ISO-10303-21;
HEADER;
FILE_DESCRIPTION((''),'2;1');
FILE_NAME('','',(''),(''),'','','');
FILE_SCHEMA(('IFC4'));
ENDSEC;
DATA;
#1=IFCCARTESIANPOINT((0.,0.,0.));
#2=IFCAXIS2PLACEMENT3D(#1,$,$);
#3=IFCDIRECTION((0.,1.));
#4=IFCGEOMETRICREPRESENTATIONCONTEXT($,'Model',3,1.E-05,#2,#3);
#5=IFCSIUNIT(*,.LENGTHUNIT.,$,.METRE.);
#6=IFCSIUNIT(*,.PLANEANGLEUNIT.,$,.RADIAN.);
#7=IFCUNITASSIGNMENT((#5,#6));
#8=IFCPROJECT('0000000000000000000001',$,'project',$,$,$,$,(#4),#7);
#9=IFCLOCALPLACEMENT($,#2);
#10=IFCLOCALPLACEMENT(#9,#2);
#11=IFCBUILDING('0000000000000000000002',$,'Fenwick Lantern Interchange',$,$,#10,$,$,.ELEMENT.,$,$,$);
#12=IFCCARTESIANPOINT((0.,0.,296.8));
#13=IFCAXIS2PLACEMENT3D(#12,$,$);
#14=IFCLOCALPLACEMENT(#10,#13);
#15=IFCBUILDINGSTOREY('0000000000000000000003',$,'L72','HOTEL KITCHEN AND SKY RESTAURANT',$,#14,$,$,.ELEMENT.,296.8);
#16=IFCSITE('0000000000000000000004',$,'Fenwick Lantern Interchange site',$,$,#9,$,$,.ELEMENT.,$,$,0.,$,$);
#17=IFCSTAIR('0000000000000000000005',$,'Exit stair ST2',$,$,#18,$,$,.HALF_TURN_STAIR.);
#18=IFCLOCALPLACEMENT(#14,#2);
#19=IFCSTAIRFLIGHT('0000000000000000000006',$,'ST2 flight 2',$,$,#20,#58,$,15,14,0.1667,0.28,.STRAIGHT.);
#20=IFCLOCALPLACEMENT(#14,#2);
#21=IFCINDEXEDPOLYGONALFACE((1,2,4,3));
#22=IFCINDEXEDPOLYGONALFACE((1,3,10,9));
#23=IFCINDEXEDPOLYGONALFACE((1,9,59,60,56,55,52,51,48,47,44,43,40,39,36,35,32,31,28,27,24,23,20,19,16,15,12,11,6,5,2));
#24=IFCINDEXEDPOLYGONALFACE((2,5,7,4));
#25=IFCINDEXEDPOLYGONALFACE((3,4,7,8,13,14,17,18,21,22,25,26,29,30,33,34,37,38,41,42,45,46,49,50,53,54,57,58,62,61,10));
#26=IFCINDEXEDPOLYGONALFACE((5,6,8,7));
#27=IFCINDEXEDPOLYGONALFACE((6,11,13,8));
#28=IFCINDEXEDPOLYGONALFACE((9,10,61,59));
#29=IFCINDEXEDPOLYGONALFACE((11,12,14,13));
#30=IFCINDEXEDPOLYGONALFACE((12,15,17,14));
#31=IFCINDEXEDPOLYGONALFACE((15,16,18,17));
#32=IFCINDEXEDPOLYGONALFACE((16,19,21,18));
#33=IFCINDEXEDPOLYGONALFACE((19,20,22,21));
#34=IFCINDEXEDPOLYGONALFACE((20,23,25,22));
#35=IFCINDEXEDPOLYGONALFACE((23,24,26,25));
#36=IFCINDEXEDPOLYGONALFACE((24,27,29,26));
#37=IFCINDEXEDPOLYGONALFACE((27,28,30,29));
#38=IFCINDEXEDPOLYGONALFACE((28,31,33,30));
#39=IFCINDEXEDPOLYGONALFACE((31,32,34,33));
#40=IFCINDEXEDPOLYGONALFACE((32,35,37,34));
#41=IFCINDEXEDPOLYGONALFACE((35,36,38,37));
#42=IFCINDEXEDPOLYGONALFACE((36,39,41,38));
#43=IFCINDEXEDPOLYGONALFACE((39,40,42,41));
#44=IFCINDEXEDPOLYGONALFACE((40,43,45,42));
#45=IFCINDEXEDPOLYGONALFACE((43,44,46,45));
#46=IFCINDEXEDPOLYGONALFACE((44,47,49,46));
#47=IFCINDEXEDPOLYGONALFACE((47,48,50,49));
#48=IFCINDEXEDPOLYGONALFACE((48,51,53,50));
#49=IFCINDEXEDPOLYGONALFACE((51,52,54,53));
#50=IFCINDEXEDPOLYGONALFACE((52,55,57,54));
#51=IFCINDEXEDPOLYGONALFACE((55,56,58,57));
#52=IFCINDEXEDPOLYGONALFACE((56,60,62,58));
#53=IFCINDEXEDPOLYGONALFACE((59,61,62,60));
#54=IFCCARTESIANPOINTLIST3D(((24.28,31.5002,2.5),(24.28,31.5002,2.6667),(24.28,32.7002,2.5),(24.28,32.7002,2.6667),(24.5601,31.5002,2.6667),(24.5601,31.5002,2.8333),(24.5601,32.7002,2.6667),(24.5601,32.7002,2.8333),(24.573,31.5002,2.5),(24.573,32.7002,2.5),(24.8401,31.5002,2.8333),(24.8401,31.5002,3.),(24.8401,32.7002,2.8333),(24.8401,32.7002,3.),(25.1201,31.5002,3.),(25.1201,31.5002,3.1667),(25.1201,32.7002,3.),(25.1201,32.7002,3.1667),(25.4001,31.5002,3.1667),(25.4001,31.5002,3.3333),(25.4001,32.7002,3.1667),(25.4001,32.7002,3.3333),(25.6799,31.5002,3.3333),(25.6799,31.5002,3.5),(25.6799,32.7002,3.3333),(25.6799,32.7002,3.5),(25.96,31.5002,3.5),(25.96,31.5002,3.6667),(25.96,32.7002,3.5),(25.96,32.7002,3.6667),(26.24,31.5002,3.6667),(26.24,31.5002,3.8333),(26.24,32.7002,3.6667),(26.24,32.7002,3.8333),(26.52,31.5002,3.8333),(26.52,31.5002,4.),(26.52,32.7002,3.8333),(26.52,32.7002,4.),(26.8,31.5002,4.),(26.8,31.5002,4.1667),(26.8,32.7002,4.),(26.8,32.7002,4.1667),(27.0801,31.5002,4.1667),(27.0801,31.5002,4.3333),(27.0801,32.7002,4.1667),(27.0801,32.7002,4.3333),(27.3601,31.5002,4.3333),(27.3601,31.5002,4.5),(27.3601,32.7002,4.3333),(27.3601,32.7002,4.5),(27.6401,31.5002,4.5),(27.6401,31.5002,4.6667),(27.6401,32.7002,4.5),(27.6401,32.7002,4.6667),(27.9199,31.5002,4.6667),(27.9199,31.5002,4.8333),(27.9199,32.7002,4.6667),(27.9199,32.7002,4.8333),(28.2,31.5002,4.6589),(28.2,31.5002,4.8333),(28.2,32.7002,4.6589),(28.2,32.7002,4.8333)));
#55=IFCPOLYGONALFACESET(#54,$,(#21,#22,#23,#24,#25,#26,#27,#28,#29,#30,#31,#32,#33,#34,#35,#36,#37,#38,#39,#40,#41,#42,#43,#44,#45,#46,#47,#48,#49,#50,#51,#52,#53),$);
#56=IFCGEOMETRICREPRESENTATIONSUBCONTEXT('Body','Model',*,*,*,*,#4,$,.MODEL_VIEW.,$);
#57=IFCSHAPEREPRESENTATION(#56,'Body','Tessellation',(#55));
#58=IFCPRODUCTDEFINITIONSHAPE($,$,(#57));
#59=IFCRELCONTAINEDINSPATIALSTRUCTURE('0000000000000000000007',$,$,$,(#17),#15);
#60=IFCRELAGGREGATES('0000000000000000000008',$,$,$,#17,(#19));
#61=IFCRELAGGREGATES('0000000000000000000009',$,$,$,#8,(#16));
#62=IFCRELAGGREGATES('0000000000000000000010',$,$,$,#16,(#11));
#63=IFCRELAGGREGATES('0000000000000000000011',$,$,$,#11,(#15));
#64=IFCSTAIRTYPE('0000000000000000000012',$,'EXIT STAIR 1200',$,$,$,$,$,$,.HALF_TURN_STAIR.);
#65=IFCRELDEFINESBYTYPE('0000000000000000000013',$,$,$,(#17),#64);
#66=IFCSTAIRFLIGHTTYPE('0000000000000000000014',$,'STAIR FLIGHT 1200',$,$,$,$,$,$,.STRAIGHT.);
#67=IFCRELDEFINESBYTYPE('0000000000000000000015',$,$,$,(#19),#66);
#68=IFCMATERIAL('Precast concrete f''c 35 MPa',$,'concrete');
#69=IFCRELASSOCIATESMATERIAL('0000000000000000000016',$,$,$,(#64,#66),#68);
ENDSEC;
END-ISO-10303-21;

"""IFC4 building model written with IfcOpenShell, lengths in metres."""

from ifc_helpers import new_model, si_unit, direction, frame, origin, place, context, subcontext, project, spatial, polyline, outline, extrude, material, type_object, element, aggregate, save


model = new_model("IFC4")

# Units and contexts
model_context = context("Model", 3, precision=1e-05, world=origin(), true_north=direction((0.0, 1.0)))
body_context = subcontext(model_context, "Body", "Model", "MODEL_VIEW")
ifc_project = project(units=[si_unit("LENGTHUNIT", "METRE"), si_unit("PLANEANGLEUNIT", "RADIAN")], contexts=[model_context])

# Site, building, storey
site_placement = place(None, origin())
site = spatial("IfcSite", under=ifc_project, at=site_placement, Name="Fenwick Lantern Interchange site", CompositionType="ELEMENT", RefElevation=0.0)
building_placement = place(site_placement, origin())
building = spatial("IfcBuilding", under=site, at=building_placement, Name="Fenwick Lantern Interchange", CompositionType="ELEMENT")
storey_placement = place(building_placement, frame((0.0, 0.0, 296.8)))
storey = spatial("IfcBuildingStorey", under=building, at=storey_placement, Name="L72", Description="HOTEL KITCHEN AND SKY RESTAURANT", CompositionType="ELEMENT", Elevation=296.8)

# Stair, stair flight
ifc_material_1 = material(Name="Precast concrete f'c 35 MPa", Category="concrete")
stair_type = type_object("IfcStairType", Name="EXIT STAIR 1200", PredefinedType="HALF_TURN_STAIR", material=ifc_material_1)
stair_placement = place(storey_placement, origin())
stair = element("IfcStair", 1, at=stair_placement, inside=storey, type_object=stair_type, Name="Exit stair ST2", PredefinedType="HALF_TURN_STAIR")
stair_flight_type = type_object("IfcStairFlightType", Name="STAIR FLIGHT 1200", PredefinedType="STRAIGHT", material=ifc_material_1)
stair_flight_1_placement = place(storey_placement, frame((24.28, 32.1001, 2.5), z_axis=(0.0, 0.0, 1.0), x_axis=(1.0, 0.0, 0.0)))
stair_flight_1 = element("IfcStairFlight", 2, at=stair_flight_1_placement, type_object=stair_flight_type, Name="ST2 flight 2", NumberOfRisers=15, NumberOfTreads=14, PredefinedType="STRAIGHT", RiserHeight=0.1667, TreadLength=0.28, context=body_context, shape_type="SweptSolid", body=[
    extrude(outline(polyline([(0.0, 0.0), (0.0, 0.1667), (0.28, 0.1667), (0.28, 0.3333), (0.5601, 0.3333), (0.5601, 0.5), (0.8401, 0.5), (0.8401, 0.6667), (1.1201, 0.6667), (1.1201, 0.8333), (1.3999, 0.8333), (1.3999, 1.0), (1.6799, 1.0), (1.6799, 1.1667), (1.96, 1.1667), (1.96, 1.3333), (2.24, 1.3333), (2.24, 1.5), (2.52, 1.5), (2.52, 1.6667), (2.8, 1.6667), (2.8, 1.8333), (3.0801, 1.8333), (3.0801, 2.0), (3.3601, 2.0), (3.3601, 2.1667), (3.6399, 2.1667), (3.6399, 2.3333), (3.9199, 2.3333), (3.9199, 2.5), (3.9199, 2.1589), (0.293, 0.0), (0.0, 0.0)])), frame((0.0, 0.6001, 0.0), z_axis=(0.0, -1.0, 0.0), x_axis=(1.0, 0.0, 0.0)), (0.0, 0.0, 1.0), 1.2),
])
aggregate(stair, [stair_flight_1])

save(model, "model.ifc")
